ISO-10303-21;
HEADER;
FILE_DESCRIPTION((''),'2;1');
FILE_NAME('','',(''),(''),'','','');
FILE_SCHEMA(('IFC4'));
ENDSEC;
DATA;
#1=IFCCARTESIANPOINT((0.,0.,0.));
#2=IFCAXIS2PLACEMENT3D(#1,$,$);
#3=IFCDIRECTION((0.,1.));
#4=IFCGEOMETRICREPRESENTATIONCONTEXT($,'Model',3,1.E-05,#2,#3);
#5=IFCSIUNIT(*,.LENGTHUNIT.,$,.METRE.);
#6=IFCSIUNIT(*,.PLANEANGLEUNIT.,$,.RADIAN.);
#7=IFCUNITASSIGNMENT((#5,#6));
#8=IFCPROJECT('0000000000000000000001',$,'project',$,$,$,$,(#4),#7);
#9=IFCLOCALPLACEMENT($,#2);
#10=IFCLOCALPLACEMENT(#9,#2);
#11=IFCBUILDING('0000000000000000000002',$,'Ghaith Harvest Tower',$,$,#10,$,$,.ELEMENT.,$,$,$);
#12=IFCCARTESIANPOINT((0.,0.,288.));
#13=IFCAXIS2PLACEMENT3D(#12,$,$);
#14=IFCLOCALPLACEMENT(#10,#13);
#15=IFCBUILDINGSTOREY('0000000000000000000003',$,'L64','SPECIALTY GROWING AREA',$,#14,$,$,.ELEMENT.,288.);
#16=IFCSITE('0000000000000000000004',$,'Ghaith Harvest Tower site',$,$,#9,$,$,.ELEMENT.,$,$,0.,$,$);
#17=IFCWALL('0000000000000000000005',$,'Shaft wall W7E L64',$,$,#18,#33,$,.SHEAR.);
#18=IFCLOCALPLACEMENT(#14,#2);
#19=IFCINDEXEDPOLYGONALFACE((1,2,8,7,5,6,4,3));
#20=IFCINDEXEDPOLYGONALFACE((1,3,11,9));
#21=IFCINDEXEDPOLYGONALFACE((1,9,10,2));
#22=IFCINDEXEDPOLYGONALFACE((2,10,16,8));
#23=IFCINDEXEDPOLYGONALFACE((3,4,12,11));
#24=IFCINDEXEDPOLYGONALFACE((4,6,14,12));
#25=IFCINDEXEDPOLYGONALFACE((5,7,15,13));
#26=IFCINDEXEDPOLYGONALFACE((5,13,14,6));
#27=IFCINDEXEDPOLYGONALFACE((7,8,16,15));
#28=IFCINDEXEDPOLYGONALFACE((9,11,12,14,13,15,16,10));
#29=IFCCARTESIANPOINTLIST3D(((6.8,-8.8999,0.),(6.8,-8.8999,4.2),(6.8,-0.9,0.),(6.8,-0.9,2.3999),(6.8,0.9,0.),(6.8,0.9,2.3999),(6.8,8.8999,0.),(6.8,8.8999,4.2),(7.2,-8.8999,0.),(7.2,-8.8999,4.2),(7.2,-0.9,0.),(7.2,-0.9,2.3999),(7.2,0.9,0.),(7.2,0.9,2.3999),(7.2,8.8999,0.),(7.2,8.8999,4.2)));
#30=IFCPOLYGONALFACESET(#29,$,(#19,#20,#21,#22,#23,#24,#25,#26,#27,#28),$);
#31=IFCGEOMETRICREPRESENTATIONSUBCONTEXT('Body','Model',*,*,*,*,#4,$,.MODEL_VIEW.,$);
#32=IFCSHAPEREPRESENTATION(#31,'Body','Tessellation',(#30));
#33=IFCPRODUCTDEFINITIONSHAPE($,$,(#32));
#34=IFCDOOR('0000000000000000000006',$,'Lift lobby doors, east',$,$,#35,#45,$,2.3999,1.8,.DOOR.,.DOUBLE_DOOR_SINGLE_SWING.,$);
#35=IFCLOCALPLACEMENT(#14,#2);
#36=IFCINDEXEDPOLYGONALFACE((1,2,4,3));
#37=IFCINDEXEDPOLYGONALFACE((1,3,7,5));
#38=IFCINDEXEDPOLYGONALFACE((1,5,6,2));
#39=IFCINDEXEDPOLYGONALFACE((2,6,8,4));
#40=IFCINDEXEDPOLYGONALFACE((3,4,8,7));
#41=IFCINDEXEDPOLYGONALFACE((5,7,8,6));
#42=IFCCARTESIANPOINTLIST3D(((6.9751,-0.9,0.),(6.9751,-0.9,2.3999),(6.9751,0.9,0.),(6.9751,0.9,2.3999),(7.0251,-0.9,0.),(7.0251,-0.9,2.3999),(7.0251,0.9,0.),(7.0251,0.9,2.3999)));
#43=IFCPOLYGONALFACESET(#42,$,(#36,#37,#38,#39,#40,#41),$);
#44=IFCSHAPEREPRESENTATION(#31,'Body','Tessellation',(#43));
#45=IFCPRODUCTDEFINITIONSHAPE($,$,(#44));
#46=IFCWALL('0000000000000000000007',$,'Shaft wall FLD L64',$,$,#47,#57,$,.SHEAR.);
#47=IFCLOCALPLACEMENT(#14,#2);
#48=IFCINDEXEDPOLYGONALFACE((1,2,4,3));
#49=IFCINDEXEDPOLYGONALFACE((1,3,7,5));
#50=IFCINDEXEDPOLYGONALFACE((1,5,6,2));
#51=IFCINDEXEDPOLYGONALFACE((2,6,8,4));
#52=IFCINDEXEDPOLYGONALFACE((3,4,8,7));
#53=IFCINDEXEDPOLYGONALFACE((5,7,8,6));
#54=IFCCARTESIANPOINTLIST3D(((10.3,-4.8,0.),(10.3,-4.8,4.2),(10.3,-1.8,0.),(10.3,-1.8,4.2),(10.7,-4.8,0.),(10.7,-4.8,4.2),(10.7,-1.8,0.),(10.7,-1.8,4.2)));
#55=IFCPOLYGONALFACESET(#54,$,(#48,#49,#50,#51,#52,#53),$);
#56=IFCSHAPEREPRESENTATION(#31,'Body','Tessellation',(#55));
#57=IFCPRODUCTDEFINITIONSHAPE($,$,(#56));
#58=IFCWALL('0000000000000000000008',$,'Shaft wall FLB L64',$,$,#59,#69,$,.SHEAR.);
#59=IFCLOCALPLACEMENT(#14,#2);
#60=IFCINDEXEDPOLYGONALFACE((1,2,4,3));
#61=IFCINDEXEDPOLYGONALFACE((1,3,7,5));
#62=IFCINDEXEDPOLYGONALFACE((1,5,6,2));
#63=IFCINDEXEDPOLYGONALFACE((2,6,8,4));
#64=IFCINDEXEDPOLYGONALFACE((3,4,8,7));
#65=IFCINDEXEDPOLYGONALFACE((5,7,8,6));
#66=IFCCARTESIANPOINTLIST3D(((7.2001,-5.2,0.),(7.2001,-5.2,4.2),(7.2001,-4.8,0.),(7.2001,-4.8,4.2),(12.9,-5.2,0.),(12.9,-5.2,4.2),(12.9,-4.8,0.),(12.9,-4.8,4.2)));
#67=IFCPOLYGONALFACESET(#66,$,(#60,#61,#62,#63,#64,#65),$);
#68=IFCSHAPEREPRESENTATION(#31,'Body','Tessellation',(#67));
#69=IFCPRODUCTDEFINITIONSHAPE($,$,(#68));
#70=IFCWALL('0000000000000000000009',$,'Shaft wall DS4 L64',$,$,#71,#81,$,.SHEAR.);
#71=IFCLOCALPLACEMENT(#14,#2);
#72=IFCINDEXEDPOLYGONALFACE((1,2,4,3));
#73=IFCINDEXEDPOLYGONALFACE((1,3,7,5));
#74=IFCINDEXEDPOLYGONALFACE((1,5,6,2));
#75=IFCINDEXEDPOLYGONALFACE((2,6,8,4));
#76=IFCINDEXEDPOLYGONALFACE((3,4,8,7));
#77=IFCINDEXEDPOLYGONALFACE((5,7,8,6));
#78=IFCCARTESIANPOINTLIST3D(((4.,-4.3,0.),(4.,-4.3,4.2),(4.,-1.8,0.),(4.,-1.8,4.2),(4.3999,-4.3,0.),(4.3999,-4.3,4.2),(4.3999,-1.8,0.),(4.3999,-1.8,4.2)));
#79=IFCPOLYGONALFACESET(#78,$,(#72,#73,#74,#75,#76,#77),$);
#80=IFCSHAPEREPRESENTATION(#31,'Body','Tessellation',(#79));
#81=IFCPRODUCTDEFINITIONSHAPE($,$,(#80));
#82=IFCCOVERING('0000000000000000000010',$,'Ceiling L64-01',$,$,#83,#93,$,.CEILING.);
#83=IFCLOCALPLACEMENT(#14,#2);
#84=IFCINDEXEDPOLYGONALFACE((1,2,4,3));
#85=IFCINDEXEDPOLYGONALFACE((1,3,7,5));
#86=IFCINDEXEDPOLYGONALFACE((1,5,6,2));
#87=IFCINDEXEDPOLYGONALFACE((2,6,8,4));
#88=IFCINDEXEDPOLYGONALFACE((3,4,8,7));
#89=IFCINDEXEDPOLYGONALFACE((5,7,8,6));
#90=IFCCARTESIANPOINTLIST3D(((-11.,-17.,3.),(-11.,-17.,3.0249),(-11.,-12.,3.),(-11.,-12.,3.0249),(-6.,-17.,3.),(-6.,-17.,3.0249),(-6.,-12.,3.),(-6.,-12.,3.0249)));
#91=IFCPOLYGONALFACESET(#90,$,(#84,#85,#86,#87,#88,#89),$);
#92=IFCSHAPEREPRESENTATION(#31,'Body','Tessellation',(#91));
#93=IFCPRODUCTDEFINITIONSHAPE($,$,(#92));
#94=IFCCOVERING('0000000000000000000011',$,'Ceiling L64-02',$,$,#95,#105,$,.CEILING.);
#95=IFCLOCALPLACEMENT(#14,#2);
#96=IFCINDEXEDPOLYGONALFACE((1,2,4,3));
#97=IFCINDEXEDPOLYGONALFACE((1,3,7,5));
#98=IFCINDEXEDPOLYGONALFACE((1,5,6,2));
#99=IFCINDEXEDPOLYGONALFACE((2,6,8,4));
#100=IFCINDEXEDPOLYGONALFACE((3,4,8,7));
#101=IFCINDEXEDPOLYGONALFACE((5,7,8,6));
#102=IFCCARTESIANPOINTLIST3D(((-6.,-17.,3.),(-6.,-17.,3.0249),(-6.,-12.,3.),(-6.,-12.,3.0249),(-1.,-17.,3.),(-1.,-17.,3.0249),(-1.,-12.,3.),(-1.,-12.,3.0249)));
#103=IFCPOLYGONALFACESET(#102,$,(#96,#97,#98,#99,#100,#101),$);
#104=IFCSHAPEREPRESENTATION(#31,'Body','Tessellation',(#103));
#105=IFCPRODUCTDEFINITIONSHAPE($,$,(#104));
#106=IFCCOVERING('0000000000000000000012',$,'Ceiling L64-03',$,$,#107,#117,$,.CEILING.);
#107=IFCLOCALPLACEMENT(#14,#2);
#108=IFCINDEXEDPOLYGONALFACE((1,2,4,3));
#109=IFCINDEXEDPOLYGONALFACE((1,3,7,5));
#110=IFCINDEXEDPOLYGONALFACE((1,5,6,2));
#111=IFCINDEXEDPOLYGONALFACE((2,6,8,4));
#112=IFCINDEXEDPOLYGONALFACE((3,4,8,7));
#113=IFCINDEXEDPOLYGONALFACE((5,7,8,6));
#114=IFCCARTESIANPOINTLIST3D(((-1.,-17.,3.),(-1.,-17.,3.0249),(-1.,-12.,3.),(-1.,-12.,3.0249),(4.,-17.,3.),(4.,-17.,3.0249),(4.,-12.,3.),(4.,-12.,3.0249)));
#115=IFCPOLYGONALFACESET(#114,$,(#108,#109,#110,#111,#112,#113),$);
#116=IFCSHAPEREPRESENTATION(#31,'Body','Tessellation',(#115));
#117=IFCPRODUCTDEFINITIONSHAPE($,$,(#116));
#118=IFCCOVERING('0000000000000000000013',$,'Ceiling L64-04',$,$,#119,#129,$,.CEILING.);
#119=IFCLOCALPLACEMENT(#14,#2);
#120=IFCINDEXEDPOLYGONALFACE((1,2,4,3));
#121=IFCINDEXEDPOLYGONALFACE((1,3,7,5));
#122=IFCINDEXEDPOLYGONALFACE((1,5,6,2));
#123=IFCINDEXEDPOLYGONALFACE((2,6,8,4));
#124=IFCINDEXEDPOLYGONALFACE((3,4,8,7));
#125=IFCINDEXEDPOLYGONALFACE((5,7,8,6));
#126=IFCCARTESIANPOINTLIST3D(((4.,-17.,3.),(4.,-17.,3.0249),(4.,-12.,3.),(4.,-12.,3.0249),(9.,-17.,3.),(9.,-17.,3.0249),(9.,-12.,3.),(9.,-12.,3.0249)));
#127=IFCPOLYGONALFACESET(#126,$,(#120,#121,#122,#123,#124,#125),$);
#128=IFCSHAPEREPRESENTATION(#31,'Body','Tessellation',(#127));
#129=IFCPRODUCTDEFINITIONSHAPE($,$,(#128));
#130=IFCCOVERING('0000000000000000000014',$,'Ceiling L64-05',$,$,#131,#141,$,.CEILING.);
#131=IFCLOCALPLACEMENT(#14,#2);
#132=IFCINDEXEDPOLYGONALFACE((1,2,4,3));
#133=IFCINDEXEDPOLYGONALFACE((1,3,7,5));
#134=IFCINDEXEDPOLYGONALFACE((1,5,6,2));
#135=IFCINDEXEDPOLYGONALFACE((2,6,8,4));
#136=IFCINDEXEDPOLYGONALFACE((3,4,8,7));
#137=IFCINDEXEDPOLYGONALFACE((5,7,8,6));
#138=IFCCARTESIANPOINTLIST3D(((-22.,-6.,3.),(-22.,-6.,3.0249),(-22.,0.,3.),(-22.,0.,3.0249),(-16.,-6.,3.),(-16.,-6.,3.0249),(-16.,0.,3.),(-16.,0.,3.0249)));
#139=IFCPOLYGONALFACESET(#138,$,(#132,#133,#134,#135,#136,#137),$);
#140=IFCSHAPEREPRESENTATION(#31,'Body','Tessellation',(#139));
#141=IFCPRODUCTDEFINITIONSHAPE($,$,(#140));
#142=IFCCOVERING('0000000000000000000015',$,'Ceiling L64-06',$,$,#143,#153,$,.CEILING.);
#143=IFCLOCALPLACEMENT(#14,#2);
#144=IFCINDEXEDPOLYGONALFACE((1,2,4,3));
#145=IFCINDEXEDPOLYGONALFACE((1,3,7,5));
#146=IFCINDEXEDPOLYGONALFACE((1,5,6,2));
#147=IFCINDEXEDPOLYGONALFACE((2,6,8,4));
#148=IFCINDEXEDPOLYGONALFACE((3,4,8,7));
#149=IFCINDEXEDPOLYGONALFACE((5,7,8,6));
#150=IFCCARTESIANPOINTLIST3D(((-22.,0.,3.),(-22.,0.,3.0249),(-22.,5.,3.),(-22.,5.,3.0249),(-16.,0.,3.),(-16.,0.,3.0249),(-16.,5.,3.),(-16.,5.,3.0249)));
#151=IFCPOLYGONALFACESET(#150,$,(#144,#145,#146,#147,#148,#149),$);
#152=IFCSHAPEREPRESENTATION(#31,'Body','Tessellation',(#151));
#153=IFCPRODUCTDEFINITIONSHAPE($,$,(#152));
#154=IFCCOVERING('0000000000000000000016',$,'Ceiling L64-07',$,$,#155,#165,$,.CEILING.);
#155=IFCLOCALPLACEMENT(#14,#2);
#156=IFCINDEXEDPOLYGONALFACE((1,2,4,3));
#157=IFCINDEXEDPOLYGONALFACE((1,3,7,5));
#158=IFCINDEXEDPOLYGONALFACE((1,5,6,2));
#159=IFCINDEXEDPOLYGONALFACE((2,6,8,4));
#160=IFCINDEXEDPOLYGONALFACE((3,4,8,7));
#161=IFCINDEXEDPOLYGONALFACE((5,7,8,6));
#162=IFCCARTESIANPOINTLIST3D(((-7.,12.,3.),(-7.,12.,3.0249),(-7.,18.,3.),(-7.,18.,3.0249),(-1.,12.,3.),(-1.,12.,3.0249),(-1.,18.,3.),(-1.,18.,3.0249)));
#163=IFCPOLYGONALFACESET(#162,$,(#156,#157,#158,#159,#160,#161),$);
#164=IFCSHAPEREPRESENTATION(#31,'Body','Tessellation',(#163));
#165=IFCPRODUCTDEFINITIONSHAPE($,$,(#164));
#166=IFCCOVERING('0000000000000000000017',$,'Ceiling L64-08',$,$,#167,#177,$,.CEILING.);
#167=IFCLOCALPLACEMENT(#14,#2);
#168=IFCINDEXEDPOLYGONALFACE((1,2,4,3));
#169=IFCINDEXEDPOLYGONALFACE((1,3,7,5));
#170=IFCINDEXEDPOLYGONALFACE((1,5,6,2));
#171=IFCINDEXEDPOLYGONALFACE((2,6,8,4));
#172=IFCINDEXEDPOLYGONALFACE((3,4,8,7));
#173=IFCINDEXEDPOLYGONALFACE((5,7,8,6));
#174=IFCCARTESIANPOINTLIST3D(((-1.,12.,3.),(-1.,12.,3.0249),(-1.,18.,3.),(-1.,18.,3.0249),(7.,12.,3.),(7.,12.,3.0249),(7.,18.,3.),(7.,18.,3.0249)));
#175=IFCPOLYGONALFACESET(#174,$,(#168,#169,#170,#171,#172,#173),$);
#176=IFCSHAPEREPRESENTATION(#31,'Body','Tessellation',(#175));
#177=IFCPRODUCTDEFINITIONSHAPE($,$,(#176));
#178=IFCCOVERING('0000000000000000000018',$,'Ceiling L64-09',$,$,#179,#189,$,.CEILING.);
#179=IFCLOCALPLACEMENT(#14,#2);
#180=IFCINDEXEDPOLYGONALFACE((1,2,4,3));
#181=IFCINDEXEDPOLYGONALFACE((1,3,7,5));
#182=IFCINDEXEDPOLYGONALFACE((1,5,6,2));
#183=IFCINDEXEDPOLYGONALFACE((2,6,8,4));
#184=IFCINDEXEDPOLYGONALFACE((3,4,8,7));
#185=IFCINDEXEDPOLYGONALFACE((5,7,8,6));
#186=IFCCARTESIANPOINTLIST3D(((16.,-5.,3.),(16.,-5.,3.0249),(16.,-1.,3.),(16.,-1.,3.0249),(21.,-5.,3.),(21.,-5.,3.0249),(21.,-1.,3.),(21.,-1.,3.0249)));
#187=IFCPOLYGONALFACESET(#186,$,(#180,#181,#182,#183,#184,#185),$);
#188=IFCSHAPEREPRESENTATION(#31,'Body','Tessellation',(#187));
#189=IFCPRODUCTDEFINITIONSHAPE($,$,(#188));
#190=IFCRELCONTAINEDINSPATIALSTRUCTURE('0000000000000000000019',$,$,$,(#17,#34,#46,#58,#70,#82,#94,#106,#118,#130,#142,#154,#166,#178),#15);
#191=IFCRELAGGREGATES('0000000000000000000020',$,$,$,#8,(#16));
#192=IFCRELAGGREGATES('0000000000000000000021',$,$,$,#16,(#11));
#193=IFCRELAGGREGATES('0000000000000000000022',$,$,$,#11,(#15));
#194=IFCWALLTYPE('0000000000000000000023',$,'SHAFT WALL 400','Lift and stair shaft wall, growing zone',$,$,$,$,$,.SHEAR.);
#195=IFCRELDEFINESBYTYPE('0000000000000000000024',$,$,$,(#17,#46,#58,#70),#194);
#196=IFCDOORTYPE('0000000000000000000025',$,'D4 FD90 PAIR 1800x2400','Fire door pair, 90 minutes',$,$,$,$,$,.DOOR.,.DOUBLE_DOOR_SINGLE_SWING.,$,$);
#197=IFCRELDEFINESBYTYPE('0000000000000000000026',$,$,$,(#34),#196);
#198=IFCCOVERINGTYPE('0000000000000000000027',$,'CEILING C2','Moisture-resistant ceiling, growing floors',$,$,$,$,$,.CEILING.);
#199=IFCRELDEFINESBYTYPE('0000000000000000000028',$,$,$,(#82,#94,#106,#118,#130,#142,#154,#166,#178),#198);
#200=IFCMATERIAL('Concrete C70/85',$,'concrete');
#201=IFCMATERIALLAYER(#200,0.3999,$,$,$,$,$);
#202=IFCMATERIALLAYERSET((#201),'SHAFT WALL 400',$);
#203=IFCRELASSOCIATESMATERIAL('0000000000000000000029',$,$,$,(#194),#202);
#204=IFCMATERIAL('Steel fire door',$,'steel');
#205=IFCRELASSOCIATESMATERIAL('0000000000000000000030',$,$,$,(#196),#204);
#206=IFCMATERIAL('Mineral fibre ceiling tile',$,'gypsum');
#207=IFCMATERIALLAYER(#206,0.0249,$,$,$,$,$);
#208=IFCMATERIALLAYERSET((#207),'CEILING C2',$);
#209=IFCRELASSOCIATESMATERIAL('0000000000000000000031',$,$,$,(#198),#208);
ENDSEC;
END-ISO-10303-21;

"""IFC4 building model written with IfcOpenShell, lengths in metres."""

from ifc_helpers import new_model, si_unit, direction, frame, frame_2d, origin, place, context, subcontext, project, spatial, polyline, rectangle, outline, extrude, material, layer, layer_set, type_object, element, fill, save


model = new_model("IFC4")

# Units and contexts
model_context = context("Model", 3, precision=1e-05, world=origin(), true_north=direction((0.0, 1.0)))
body_context = subcontext(model_context, "Body", "Model", "MODEL_VIEW")
ifc_project = project(units=[si_unit("LENGTHUNIT", "METRE"), si_unit("PLANEANGLEUNIT", "RADIAN")], contexts=[model_context])

# Site, building, storey
site_placement = place(None, origin())
site = spatial("IfcSite", under=ifc_project, at=site_placement, Name="Ghaith Harvest Tower site", CompositionType="ELEMENT", RefElevation=0.0)
building_placement = place(site_placement, origin())
building = spatial("IfcBuilding", under=site, at=building_placement, Name="Ghaith Harvest Tower", CompositionType="ELEMENT")
storey_placement = place(building_placement, frame((0.0, 0.0, 288.0)))
storey = spatial("IfcBuildingStorey", under=building, at=storey_placement, Name="L64", Description="SPECIALTY GROWING AREA", CompositionType="ELEMENT", Elevation=288.0)

# Wall, opening, door
ifc_material_1 = material(Name="Concrete C70/85", Category="concrete")
ifc_layer_1 = layer(ifc_material_1, 0.3999)
ifc_layer_set_1 = layer_set([ifc_layer_1], Name="SHAFT WALL 400")
wall_type_1 = type_object("IfcWallType", Name="SHAFT WALL 400", Description="Lift and stair shaft wall, growing zone", PredefinedType="SHEAR", material=ifc_layer_set_1)
wall_1_placement = place(storey_placement, frame((7.0, -8.8999, 0.0), z_axis=(0.0, 0.0, 1.0), x_axis=(0.0, 1.0, 0.0)))
wall_1 = element("IfcWall", 1, at=wall_1_placement, inside=storey, type_object=wall_type_1, Name="Shaft wall W7E L64", PredefinedType="SHEAR", context=body_context, shape_type="SweptSolid", body=[
    extrude(rectangle(XDim=17.7998, YDim=0.3999, at=frame_2d((8.8999, 0.0))), origin(), (0.0, 0.0, 1.0), 4.2),
])
opening_1_placement = place(wall_1_placement, frame((8.0, 0.0, 0.0)))
opening_1 = element("IfcOpeningElement", 2, at=opening_1_placement, cuts=wall_1, PredefinedType="OPENING", context=body_context, shape_type="SweptSolid", body=[
    extrude(rectangle(XDim=1.8, YDim=2.3999, at=frame_2d((0.8999, 1.2))), frame((0.0, 0.21, 0.0), z_axis=(0.0, -1.0, 0.0), x_axis=(1.0, 0.0, 0.0)), (0.0, 0.0, 1.0), 0.4199),
])
ifc_material_2 = material(Name="Steel fire door", Category="steel")
door_type_1 = type_object("IfcDoorType", Name="D4 FD90 PAIR 1800x2400", Description="Fire door pair, 90 minutes", OperationType="DOUBLE_DOOR_SINGLE_SWING", PredefinedType="DOOR", material=ifc_material_2)
door_1_placement = place(opening_1_placement, origin())
door_1 = element("IfcDoor", 3, at=door_1_placement, inside=storey, type_object=door_type_1, Name="Lift lobby doors, east", OperationType="DOUBLE_DOOR_SINGLE_SWING", OverallHeight=2.3999, OverallWidth=1.8, PredefinedType="DOOR", context=body_context, shape_type="SweptSolid", body=[
    extrude(rectangle(XDim=1.8, YDim=2.3999, at=frame_2d((0.8999, 1.2))), frame((0.0, 0.0249, 0.0), z_axis=(0.0, -1.0, 0.0), x_axis=(1.0, 0.0, 0.0)), (0.0, 0.0, 1.0), 0.05),
])
fill(opening_1, door_1)

# Walls
wall_2_placement = place(storey_placement, frame((10.5, -4.8, 0.0), z_axis=(0.0, 0.0, 1.0), x_axis=(0.0, 1.0, 0.0)))
element("IfcWall", 4, at=wall_2_placement, inside=storey, type_object=wall_type_1, Name="Shaft wall FLD L64", PredefinedType="SHEAR", context=body_context, shape_type="SweptSolid", body=[
    extrude(rectangle(XDim=3.0, YDim=0.3999, at=frame_2d((1.5, 0.0))), origin(), (0.0, 0.0, 1.0), 4.2),
])
wall_3_placement = place(storey_placement, frame((7.2, -5.0, 0.0), z_axis=(0.0, 0.0, 1.0), x_axis=(1.0, 0.0, 0.0)))
element("IfcWall", 5, at=wall_3_placement, inside=storey, type_object=wall_type_1, Name="Shaft wall FLB L64", PredefinedType="SHEAR", context=body_context, shape_type="SweptSolid", body=[
    extrude(rectangle(XDim=5.7, YDim=0.3999, at=frame_2d((2.8501, 0.0))), origin(), (0.0, 0.0, 1.0), 4.2),
])
wall_4_placement = place(storey_placement, frame((4.2, -4.3, 0.0), z_axis=(0.0, 0.0, 1.0), x_axis=(0.0, 1.0, 0.0)))
element("IfcWall", 6, at=wall_4_placement, inside=storey, type_object=wall_type_1, Name="Shaft wall DS4 L64", PredefinedType="SHEAR", context=body_context, shape_type="SweptSolid", body=[
    extrude(rectangle(XDim=2.5, YDim=0.3999, at=frame_2d((1.25, 0.0))), origin(), (0.0, 0.0, 1.0), 4.2),
])

# Coverings
ifc_material_3 = material(Name="Mineral fibre ceiling tile", Category="gypsum")
ifc_layer_2 = layer(ifc_material_3, 0.0249)
ifc_layer_set_2 = layer_set([ifc_layer_2], Name="CEILING C2")
covering_type = type_object("IfcCoveringType", Name="CEILING C2", Description="Moisture-resistant ceiling, growing floors", PredefinedType="CEILING", material=ifc_layer_set_2)
covering_1_placement = place(storey_placement, frame((0.0, 0.0, 3.0)))
element("IfcCovering", 7, at=covering_1_placement, inside=storey, type_object=covering_type, Name="Ceiling L64-01", PredefinedType="CEILING", context=body_context, shape_type="SweptSolid", body=[
    extrude(outline(polyline([(-11.0, -17.0), (-6.0, -17.0), (-6.0, -12.0), (-11.0, -12.0), (-11.0, -17.0)])), origin(), (0.0, 0.0, 1.0), 0.0249),
])
covering_2_placement = place(storey_placement, frame((0.0, 0.0, 3.0)))
element("IfcCovering", 8, at=covering_2_placement, inside=storey, type_object=covering_type, Name="Ceiling L64-02", PredefinedType="CEILING", context=body_context, shape_type="SweptSolid", body=[
    extrude(outline(polyline([(-6.0, -17.0), (-1.0, -17.0), (-1.0, -12.0), (-6.0, -12.0), (-6.0, -17.0)])), origin(), (0.0, 0.0, 1.0), 0.0249),
])
covering_3_placement = place(storey_placement, frame((0.0, 0.0, 3.0)))
element("IfcCovering", 9, at=covering_3_placement, inside=storey, type_object=covering_type, Name="Ceiling L64-03", PredefinedType="CEILING", context=body_context, shape_type="SweptSolid", body=[
    extrude(outline(polyline([(-1.0, -17.0), (4.0, -17.0), (4.0, -12.0), (-1.0, -12.0), (-1.0, -17.0)])), origin(), (0.0, 0.0, 1.0), 0.0249),
])
covering_4_placement = place(storey_placement, frame((0.0, 0.0, 3.0)))
element("IfcCovering", 10, at=covering_4_placement, inside=storey, type_object=covering_type, Name="Ceiling L64-04", PredefinedType="CEILING", context=body_context, shape_type="SweptSolid", body=[
    extrude(outline(polyline([(4.0, -17.0), (9.0, -17.0), (9.0, -12.0), (4.0, -12.0), (4.0, -17.0)])), origin(), (0.0, 0.0, 1.0), 0.0249),
])
covering_5_placement = place(storey_placement, frame((0.0, 0.0, 3.0)))
element("IfcCovering", 11, at=covering_5_placement, inside=storey, type_object=covering_type, Name="Ceiling L64-05", PredefinedType="CEILING", context=body_context, shape_type="SweptSolid", body=[
    extrude(outline(polyline([(-22.0, -6.0), (-16.0, -6.0), (-16.0, 0.0), (-22.0, 0.0), (-22.0, -6.0)])), origin(), (0.0, 0.0, 1.0), 0.0249),
])
covering_6_placement = place(storey_placement, frame((0.0, 0.0, 3.0)))
element("IfcCovering", 12, at=covering_6_placement, inside=storey, type_object=covering_type, Name="Ceiling L64-06", PredefinedType="CEILING", context=body_context, shape_type="SweptSolid", body=[
    extrude(outline(polyline([(-22.0, 0.0), (-16.0, 0.0), (-16.0, 5.0), (-22.0, 5.0), (-22.0, 0.0)])), origin(), (0.0, 0.0, 1.0), 0.0249),
])
covering_7_placement = place(storey_placement, frame((0.0, 0.0, 3.0)))
element("IfcCovering", 13, at=covering_7_placement, inside=storey, type_object=covering_type, Name="Ceiling L64-07", PredefinedType="CEILING", context=body_context, shape_type="SweptSolid", body=[
    extrude(outline(polyline([(-7.0, 12.0), (-1.0, 12.0), (-1.0, 18.0), (-7.0, 18.0), (-7.0, 12.0)])), origin(), (0.0, 0.0, 1.0), 0.0249),
])
covering_8_placement = place(storey_placement, frame((0.0, 0.0, 3.0)))
element("IfcCovering", 14, at=covering_8_placement, inside=storey, type_object=covering_type, Name="Ceiling L64-08", PredefinedType="CEILING", context=body_context, shape_type="SweptSolid", body=[
    extrude(outline(polyline([(-1.0, 12.0), (7.0, 12.0), (7.0, 18.0), (-1.0, 18.0), (-1.0, 12.0)])), origin(), (0.0, 0.0, 1.0), 0.0249),
])
covering_9_placement = place(storey_placement, frame((0.0, 0.0, 3.0)))
element("IfcCovering", 15, at=covering_9_placement, inside=storey, type_object=covering_type, Name="Ceiling L64-09", PredefinedType="CEILING", context=body_context, shape_type="SweptSolid", body=[
    extrude(outline(polyline([(16.0, -5.0), (21.0, -5.0), (21.0, -1.0), (16.0, -1.0), (16.0, -5.0)])), origin(), (0.0, 0.0, 1.0), 0.0249),
])

save(model, "model.ifc")
